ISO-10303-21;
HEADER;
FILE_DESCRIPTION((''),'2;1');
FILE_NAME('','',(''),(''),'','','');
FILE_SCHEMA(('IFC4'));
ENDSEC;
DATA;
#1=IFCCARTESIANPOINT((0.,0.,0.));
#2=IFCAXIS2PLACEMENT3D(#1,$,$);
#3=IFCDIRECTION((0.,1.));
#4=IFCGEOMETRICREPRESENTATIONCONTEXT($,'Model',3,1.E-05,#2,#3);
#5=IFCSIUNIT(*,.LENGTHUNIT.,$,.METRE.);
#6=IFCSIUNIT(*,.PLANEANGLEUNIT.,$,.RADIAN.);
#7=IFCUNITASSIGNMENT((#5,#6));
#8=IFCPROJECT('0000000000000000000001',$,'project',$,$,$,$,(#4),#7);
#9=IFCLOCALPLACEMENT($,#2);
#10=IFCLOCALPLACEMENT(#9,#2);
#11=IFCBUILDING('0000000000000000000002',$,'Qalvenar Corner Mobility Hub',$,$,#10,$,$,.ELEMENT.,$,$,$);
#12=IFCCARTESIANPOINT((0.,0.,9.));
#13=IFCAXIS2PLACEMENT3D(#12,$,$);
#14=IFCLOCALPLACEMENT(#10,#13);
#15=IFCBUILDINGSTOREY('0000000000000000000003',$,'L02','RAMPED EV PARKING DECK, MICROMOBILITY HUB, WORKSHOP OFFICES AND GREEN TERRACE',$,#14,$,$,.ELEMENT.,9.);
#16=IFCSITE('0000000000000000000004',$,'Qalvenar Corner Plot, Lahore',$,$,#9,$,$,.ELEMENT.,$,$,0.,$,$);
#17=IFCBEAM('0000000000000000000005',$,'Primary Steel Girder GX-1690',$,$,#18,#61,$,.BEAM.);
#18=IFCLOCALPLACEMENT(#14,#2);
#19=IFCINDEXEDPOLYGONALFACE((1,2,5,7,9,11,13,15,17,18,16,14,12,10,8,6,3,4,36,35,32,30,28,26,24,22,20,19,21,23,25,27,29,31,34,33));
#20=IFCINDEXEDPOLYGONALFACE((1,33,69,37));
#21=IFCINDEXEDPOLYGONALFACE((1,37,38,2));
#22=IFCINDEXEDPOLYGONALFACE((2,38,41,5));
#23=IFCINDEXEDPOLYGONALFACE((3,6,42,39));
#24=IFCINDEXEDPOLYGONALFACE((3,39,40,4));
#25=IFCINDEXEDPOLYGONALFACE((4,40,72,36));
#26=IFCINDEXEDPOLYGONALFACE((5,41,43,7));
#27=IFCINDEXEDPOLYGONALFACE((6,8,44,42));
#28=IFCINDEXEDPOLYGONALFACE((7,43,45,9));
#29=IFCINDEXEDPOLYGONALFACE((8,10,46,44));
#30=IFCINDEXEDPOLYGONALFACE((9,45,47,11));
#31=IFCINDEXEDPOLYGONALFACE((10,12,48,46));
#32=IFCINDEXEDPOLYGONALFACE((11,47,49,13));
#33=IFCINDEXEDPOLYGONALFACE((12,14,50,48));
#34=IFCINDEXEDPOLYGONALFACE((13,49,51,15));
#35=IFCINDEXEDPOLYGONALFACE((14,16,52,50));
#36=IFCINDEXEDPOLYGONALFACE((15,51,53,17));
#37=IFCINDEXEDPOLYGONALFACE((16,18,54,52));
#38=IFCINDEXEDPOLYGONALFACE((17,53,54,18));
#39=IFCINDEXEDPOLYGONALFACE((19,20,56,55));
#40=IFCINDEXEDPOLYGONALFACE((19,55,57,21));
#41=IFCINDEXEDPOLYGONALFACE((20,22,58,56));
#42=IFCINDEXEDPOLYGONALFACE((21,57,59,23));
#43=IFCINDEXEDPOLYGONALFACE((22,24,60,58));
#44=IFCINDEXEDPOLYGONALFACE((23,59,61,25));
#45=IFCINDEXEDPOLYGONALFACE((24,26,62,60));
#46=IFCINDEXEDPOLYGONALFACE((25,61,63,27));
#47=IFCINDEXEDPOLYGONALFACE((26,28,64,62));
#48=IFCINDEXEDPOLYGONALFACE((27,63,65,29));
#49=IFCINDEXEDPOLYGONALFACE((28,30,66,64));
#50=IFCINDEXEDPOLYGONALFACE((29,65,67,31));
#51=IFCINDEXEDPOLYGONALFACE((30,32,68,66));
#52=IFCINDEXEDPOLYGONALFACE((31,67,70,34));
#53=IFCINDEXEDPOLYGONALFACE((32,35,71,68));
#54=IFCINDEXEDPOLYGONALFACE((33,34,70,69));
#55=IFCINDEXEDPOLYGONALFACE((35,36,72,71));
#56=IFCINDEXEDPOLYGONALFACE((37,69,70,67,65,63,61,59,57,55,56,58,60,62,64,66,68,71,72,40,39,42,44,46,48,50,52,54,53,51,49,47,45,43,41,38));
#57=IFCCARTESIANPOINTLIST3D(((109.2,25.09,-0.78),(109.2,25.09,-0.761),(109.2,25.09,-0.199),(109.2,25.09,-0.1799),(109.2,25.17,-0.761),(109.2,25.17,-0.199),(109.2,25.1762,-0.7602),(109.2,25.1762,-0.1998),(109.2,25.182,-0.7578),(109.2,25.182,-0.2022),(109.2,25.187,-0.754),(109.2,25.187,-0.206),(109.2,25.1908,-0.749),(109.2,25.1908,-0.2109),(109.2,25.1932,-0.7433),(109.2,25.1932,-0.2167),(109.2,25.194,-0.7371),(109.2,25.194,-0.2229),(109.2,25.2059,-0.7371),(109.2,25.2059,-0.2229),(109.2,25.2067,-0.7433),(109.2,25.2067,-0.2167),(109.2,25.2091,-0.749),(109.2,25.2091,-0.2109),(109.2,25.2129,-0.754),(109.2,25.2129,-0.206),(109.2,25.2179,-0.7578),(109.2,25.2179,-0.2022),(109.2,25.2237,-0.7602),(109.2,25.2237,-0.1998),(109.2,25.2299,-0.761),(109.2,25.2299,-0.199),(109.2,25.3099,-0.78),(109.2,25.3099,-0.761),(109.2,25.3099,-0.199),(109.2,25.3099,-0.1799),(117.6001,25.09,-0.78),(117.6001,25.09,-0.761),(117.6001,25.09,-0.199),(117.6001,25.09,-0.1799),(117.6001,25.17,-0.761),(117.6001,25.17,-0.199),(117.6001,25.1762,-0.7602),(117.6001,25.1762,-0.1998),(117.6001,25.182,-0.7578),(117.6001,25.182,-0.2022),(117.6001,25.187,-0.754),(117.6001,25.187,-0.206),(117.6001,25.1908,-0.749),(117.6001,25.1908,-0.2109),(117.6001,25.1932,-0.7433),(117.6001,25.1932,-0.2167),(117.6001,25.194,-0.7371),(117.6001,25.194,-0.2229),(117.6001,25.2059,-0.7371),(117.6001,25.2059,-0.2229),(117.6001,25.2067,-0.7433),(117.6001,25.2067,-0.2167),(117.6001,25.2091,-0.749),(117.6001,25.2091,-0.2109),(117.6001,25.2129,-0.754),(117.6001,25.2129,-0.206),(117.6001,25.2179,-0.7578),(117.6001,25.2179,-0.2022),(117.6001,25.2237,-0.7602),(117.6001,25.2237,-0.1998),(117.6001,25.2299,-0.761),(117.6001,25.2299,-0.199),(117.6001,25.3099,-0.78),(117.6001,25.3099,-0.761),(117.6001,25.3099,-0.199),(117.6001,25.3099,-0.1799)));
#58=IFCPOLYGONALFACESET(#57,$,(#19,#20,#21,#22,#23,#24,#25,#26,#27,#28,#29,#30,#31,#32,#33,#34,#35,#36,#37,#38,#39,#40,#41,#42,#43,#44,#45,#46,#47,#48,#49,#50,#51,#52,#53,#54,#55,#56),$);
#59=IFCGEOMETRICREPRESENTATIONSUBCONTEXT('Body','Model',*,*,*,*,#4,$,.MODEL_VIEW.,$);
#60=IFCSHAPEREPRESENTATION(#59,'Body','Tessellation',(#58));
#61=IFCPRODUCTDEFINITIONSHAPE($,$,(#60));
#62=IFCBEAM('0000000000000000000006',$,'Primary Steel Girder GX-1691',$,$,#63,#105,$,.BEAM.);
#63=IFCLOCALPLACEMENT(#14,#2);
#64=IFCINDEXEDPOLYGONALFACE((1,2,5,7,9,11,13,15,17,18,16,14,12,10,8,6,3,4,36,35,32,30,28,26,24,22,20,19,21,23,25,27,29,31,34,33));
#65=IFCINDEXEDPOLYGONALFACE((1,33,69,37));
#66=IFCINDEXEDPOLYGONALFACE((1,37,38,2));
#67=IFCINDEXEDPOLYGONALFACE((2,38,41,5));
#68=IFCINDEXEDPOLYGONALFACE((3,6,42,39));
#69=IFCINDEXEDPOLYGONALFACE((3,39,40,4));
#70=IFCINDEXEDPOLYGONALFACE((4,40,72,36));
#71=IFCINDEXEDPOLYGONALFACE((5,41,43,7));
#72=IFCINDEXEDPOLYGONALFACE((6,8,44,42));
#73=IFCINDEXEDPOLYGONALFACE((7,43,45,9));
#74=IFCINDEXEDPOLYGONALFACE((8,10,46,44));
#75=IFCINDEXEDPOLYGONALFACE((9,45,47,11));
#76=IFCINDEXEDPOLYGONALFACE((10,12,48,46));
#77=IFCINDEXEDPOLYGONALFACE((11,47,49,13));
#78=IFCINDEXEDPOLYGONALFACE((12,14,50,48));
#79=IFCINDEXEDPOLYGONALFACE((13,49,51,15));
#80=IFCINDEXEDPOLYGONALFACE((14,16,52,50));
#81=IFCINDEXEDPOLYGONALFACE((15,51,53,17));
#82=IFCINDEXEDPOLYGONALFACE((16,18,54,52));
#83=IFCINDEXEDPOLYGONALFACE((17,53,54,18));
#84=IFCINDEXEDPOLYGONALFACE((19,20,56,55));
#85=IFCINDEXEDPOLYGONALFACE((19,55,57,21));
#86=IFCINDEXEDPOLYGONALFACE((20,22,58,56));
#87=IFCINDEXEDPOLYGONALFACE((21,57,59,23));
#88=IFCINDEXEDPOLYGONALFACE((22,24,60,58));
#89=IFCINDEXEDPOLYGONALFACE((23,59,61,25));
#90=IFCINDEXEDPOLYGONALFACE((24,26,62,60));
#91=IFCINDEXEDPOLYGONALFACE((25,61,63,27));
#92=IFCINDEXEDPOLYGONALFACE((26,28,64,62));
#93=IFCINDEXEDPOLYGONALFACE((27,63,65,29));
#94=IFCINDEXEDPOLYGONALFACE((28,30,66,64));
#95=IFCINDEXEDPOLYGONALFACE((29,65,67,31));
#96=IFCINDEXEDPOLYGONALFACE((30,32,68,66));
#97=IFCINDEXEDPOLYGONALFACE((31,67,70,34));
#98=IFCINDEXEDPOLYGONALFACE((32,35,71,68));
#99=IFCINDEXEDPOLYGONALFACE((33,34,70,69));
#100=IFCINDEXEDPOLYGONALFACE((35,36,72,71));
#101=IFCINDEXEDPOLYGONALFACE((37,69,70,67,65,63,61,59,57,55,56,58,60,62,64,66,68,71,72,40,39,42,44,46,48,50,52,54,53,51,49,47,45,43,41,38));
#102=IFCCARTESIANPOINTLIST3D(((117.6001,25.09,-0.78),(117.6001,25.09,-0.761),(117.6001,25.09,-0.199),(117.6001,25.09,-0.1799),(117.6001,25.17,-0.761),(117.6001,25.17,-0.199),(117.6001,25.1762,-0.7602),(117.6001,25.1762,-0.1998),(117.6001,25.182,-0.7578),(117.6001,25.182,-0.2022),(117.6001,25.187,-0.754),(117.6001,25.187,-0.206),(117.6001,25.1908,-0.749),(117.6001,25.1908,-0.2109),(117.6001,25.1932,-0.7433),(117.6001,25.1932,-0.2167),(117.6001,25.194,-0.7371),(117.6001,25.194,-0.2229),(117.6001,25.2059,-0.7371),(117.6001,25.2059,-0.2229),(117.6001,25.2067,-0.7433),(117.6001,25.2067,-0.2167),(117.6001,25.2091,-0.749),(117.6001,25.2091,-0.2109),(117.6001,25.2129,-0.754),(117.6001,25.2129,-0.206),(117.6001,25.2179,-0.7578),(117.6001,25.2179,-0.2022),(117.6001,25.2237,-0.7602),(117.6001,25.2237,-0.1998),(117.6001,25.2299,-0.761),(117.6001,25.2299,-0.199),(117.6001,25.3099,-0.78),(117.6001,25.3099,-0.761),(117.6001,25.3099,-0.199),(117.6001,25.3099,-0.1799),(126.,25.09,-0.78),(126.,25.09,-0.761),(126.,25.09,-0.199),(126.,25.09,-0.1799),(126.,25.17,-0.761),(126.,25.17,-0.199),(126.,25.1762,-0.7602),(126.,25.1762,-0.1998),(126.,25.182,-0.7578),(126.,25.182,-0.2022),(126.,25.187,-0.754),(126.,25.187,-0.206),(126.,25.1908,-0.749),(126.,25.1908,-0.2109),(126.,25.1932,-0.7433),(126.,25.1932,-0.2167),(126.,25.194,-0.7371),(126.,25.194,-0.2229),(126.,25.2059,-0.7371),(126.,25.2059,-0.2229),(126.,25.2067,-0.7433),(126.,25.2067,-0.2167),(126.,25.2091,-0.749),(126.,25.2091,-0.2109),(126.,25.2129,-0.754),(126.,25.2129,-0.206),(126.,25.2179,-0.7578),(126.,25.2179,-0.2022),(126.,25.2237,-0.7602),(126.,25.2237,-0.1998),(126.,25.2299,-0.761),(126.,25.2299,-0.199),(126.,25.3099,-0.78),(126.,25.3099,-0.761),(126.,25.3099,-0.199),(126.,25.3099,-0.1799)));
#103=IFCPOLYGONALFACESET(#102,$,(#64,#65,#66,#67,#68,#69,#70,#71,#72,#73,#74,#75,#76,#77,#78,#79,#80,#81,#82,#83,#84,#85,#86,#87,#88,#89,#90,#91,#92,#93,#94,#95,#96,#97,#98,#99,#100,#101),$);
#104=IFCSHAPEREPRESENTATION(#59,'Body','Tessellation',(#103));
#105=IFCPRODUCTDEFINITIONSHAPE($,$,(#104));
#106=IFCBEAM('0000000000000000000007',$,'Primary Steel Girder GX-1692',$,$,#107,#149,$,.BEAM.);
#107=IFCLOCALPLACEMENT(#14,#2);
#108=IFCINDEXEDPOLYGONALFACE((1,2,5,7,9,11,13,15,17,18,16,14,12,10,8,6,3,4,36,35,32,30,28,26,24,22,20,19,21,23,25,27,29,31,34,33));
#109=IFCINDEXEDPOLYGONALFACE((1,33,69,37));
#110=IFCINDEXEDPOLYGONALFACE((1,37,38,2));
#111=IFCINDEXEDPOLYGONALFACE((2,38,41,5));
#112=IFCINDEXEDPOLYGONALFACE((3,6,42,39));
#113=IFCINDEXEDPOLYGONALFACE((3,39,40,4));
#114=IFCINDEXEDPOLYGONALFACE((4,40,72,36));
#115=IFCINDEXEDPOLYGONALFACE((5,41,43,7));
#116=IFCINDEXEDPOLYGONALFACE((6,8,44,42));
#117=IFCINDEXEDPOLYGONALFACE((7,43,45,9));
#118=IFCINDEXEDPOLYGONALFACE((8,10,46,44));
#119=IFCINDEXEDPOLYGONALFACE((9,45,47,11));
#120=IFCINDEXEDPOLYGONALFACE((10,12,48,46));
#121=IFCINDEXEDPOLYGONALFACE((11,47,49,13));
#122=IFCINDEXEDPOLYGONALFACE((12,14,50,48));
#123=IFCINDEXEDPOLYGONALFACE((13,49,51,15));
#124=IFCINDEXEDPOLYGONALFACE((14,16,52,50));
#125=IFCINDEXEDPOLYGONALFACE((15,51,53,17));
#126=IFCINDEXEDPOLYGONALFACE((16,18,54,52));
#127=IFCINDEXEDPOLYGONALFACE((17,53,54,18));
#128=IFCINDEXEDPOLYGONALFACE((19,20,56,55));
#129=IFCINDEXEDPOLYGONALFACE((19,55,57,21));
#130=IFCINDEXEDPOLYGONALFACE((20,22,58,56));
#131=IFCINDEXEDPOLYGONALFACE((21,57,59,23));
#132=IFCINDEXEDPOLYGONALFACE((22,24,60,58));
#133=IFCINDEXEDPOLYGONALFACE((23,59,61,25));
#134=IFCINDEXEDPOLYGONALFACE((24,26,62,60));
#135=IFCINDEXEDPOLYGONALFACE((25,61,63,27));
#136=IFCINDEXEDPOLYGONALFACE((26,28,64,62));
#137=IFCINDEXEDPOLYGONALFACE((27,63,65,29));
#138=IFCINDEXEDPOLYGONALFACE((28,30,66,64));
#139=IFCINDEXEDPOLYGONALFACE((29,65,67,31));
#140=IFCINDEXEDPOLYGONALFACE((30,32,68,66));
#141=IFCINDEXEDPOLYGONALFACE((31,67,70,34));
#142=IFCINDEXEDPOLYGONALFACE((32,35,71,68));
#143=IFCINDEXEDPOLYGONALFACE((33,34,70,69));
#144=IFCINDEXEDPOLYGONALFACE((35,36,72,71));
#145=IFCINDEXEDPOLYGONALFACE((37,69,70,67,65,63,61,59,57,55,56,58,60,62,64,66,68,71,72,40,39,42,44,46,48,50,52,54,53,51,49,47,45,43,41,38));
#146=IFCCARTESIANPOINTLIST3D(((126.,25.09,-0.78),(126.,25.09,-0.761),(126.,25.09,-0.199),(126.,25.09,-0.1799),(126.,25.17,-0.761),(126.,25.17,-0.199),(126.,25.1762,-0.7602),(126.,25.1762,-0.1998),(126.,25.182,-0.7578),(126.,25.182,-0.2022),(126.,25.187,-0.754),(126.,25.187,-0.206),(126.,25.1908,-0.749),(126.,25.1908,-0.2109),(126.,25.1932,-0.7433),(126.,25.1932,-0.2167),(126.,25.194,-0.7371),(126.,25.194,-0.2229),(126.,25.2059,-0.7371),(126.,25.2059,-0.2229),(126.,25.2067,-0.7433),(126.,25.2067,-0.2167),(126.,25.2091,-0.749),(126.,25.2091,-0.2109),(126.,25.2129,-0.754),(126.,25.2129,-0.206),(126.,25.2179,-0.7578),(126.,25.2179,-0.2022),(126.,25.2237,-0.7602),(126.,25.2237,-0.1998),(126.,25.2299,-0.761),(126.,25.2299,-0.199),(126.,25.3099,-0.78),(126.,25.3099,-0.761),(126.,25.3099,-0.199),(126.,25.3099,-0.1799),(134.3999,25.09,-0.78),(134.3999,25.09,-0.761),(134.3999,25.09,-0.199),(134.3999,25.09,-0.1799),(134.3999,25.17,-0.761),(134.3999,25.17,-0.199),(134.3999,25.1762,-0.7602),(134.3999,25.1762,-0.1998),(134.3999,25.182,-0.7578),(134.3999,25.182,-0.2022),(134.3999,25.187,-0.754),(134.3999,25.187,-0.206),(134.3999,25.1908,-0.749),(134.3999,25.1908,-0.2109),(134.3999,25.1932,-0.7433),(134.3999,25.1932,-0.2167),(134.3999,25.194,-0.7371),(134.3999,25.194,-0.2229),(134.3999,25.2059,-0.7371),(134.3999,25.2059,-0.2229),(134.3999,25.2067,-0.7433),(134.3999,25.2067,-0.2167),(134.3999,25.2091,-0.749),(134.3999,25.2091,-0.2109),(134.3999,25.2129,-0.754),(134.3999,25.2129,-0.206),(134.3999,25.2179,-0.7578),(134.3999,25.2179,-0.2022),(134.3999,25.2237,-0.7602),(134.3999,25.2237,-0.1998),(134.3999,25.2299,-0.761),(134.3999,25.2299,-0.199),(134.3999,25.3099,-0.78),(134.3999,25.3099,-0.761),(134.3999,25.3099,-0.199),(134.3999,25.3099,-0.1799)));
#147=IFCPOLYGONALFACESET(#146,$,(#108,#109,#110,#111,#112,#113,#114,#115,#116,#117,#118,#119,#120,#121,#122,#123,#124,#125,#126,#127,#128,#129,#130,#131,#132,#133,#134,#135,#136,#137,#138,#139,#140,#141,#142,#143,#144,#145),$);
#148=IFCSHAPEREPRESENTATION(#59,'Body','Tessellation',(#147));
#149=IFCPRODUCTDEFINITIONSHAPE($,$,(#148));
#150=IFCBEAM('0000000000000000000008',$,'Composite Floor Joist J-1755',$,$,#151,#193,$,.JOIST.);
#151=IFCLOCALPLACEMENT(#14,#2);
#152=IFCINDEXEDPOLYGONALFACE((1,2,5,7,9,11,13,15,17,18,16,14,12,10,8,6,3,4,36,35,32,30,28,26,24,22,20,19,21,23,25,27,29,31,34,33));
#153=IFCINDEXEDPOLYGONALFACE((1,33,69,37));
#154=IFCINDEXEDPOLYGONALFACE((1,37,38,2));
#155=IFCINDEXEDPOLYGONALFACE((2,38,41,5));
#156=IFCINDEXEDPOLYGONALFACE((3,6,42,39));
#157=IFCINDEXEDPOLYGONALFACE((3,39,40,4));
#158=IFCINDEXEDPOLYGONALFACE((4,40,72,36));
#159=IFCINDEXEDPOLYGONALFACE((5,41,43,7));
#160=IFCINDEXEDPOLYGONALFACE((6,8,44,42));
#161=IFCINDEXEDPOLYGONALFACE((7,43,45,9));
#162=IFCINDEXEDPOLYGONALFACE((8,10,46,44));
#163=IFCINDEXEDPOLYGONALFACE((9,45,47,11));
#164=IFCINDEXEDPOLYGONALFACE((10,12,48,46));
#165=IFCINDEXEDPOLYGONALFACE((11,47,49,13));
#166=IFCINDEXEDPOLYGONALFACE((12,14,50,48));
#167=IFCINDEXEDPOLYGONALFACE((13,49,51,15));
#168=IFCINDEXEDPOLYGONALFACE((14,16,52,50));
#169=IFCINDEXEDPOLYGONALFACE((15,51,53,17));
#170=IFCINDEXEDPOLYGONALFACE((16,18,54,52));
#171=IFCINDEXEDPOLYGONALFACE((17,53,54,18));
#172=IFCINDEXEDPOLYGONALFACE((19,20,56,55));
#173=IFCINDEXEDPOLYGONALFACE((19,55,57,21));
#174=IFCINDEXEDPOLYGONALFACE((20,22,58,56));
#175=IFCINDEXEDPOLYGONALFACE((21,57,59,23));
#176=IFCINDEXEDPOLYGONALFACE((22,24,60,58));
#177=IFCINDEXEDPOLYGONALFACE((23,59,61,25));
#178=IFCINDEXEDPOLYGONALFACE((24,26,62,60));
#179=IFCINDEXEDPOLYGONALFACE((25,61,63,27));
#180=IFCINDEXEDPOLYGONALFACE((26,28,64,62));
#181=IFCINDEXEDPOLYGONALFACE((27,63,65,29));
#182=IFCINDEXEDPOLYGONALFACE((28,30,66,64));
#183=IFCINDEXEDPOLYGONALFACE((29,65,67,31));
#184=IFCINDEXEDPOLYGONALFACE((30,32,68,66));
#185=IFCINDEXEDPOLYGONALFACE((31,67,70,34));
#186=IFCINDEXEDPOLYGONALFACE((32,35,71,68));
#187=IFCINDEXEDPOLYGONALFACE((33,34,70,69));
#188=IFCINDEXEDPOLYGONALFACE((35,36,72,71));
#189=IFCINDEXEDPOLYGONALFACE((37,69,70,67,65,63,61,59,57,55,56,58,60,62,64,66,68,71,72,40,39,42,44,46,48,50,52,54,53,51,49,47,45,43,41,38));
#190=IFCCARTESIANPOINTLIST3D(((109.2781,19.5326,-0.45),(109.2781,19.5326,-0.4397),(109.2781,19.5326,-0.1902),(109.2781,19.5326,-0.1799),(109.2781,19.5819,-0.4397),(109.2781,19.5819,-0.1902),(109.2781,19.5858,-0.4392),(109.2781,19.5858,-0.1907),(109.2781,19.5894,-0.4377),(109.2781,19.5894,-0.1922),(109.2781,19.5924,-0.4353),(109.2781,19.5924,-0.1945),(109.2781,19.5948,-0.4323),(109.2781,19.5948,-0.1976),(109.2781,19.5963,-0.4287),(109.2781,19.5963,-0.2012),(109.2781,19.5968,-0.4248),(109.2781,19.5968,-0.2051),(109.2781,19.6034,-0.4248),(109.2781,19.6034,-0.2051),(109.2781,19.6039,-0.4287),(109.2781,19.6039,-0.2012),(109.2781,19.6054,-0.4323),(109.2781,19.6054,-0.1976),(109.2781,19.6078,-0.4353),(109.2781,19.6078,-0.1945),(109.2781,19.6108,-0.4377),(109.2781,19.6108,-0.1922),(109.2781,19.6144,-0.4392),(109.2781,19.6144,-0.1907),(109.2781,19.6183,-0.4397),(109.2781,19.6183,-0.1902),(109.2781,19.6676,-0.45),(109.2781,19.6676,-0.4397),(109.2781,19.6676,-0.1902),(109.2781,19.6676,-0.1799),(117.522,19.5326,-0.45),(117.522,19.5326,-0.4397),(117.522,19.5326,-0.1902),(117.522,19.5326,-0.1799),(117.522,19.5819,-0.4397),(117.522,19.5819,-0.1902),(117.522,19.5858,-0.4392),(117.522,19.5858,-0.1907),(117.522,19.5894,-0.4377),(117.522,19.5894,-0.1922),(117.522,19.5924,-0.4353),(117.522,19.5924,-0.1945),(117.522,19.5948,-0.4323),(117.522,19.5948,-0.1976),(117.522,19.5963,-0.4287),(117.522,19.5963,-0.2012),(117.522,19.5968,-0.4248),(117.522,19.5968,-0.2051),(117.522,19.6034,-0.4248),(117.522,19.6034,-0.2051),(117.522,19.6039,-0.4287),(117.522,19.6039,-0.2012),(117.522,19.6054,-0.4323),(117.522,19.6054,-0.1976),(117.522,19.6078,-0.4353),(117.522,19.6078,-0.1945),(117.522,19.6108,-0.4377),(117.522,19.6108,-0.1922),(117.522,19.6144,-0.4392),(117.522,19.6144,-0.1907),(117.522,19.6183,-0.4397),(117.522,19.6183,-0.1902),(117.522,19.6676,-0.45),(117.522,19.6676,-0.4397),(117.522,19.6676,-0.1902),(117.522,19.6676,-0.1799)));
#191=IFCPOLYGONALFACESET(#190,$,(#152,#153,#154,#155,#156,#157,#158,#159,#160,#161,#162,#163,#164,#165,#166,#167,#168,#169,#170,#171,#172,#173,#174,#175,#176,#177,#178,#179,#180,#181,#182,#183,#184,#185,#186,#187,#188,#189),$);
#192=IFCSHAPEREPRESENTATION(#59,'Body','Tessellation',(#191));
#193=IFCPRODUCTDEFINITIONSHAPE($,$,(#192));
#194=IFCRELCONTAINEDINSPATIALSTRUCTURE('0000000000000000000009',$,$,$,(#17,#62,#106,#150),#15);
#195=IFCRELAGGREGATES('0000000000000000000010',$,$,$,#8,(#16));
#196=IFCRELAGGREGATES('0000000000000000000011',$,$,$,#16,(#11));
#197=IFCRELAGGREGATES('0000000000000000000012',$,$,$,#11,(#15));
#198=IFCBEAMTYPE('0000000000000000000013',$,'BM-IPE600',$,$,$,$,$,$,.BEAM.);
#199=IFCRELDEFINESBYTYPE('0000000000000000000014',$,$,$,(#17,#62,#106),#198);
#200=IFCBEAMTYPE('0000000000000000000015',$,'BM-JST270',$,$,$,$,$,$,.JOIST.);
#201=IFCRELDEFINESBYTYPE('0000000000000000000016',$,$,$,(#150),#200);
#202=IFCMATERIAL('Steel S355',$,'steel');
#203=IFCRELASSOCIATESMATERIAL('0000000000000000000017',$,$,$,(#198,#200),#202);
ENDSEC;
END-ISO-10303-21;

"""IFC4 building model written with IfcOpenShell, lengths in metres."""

from ifc_helpers import new_model, si_unit, direction, frame, origin, origin_2d, place, context, subcontext, project, spatial, i_section, extrude, material, material_profile, profile_set, type_object, element, save


model = new_model("IFC4")

# Units and contexts
model_context = context("Model", 3, precision=1e-05, world=origin(), true_north=direction((0.0, 1.0)))
body_context = subcontext(model_context, "Body", "Model", "MODEL_VIEW")
ifc_project = project(units=[si_unit("LENGTHUNIT", "METRE"), si_unit("PLANEANGLEUNIT", "RADIAN")], contexts=[model_context])

# Site, building, storey
site_placement = place(None, origin())
site = spatial("IfcSite", under=ifc_project, at=site_placement, Name="Qalvenar Corner Plot, Lahore", CompositionType="ELEMENT", RefElevation=0.0)
building_placement = place(site_placement, origin())
building = spatial("IfcBuilding", under=site, at=building_placement, Name="Qalvenar Corner Mobility Hub", CompositionType="ELEMENT")
storey_placement = place(building_placement, frame((0.0, 0.0, 9.0)))
storey = spatial("IfcBuildingStorey", under=building, at=storey_placement, Name="L02", Description="RAMPED EV PARKING DECK, MICROMOBILITY HUB, WORKSHOP OFFICES AND GREEN TERRACE", CompositionType="ELEMENT", Elevation=9.0)

# Shared definitions
ifc_material_1 = material(Name="Steel S355", Category="steel")

# Beams
ifc_material_profile_1 = material_profile(ifc_material_1, i_section(OverallWidth=0.22, OverallDepth=0.6001, WebThickness=0.012, FlangeThickness=0.019, FilletRadius=0.0239, at=origin_2d()), Name="IPE600")
ifc_profile_set_1 = profile_set([ifc_material_profile_1], Name="Steel S355")
beam_type_1 = type_object("IfcBeamType", Name="BM-IPE600", PredefinedType="BEAM", material=ifc_profile_set_1)
beam_1_placement = place(storey_placement, frame((109.2, 25.2, -0.48), z_axis=(1.0, 0.0, 0.0), x_axis=(0.0, 1.0, 0.0)))
element("IfcBeam", 1, at=beam_1_placement, inside=storey, type_object=beam_type_1, Name="Primary Steel Girder GX-1690", PredefinedType="BEAM", context=body_context, shape_type="SweptSolid", body=[
    extrude(i_section(OverallWidth=0.22, OverallDepth=0.6001, WebThickness=0.012, FlangeThickness=0.019, FilletRadius=0.0239, at=origin_2d()), origin(), (0.0, 0.0, 1.0), 8.4001),
])
for number, where, z_axis, x_axis, name in (
    (2, (117.6001, 25.2, -0.48), (1.0, 0.0, 0.0), (0.0, 1.0, 0.0), "Primary Steel Girder GX-1691"),
    (3, (126.0, 25.2, -0.48), (1.0, 0.0, 0.0), (0.0, 1.0, 0.0), "Primary Steel Girder GX-1692"),
):
    element("IfcBeam", number, at=place(storey_placement, frame(where, z_axis=z_axis, x_axis=x_axis)), inside=storey, type_object=beam_type_1, Name=name, PredefinedType="BEAM", context=body_context, shape_type="SweptSolid", body=[
        extrude(i_section(OverallWidth=0.22, OverallDepth=0.6001, WebThickness=0.012, FlangeThickness=0.019, FilletRadius=0.0239, at=origin_2d()), origin(), (0.0, 0.0, 1.0), 8.3999),
    ])
ifc_material_profile_2 = material_profile(ifc_material_1, i_section(OverallWidth=0.135, OverallDepth=0.27, WebThickness=0.0066, FlangeThickness=0.0103, FilletRadius=0.0149, at=origin_2d()), Name="IPE270")
ifc_profile_set_2 = profile_set([ifc_material_profile_2], Name="Steel S355")
beam_type_2 = type_object("IfcBeamType", Name="BM-JST270", PredefinedType="JOIST", material=ifc_profile_set_2)
for number, where, z_axis, x_axis, name in (
    (4, (109.2781, 19.6001, -0.3149), (1.0, 0.0, 0.0), (0.0, 1.0, 0.0), "Composite Floor Joist J-1755"),
):
    element("IfcBeam", number, at=place(storey_placement, frame(where, z_axis=z_axis, x_axis=x_axis)), inside=storey, type_object=beam_type_2, Name=name, PredefinedType="JOIST", context=body_context, shape_type="SweptSolid", body=[
        extrude(i_section(OverallWidth=0.135, OverallDepth=0.27, WebThickness=0.0066, FlangeThickness=0.0103, FilletRadius=0.0149, at=origin_2d()), origin(), (0.0, 0.0, 1.0), 8.2439),
    ])

save(model, "model.ifc")
